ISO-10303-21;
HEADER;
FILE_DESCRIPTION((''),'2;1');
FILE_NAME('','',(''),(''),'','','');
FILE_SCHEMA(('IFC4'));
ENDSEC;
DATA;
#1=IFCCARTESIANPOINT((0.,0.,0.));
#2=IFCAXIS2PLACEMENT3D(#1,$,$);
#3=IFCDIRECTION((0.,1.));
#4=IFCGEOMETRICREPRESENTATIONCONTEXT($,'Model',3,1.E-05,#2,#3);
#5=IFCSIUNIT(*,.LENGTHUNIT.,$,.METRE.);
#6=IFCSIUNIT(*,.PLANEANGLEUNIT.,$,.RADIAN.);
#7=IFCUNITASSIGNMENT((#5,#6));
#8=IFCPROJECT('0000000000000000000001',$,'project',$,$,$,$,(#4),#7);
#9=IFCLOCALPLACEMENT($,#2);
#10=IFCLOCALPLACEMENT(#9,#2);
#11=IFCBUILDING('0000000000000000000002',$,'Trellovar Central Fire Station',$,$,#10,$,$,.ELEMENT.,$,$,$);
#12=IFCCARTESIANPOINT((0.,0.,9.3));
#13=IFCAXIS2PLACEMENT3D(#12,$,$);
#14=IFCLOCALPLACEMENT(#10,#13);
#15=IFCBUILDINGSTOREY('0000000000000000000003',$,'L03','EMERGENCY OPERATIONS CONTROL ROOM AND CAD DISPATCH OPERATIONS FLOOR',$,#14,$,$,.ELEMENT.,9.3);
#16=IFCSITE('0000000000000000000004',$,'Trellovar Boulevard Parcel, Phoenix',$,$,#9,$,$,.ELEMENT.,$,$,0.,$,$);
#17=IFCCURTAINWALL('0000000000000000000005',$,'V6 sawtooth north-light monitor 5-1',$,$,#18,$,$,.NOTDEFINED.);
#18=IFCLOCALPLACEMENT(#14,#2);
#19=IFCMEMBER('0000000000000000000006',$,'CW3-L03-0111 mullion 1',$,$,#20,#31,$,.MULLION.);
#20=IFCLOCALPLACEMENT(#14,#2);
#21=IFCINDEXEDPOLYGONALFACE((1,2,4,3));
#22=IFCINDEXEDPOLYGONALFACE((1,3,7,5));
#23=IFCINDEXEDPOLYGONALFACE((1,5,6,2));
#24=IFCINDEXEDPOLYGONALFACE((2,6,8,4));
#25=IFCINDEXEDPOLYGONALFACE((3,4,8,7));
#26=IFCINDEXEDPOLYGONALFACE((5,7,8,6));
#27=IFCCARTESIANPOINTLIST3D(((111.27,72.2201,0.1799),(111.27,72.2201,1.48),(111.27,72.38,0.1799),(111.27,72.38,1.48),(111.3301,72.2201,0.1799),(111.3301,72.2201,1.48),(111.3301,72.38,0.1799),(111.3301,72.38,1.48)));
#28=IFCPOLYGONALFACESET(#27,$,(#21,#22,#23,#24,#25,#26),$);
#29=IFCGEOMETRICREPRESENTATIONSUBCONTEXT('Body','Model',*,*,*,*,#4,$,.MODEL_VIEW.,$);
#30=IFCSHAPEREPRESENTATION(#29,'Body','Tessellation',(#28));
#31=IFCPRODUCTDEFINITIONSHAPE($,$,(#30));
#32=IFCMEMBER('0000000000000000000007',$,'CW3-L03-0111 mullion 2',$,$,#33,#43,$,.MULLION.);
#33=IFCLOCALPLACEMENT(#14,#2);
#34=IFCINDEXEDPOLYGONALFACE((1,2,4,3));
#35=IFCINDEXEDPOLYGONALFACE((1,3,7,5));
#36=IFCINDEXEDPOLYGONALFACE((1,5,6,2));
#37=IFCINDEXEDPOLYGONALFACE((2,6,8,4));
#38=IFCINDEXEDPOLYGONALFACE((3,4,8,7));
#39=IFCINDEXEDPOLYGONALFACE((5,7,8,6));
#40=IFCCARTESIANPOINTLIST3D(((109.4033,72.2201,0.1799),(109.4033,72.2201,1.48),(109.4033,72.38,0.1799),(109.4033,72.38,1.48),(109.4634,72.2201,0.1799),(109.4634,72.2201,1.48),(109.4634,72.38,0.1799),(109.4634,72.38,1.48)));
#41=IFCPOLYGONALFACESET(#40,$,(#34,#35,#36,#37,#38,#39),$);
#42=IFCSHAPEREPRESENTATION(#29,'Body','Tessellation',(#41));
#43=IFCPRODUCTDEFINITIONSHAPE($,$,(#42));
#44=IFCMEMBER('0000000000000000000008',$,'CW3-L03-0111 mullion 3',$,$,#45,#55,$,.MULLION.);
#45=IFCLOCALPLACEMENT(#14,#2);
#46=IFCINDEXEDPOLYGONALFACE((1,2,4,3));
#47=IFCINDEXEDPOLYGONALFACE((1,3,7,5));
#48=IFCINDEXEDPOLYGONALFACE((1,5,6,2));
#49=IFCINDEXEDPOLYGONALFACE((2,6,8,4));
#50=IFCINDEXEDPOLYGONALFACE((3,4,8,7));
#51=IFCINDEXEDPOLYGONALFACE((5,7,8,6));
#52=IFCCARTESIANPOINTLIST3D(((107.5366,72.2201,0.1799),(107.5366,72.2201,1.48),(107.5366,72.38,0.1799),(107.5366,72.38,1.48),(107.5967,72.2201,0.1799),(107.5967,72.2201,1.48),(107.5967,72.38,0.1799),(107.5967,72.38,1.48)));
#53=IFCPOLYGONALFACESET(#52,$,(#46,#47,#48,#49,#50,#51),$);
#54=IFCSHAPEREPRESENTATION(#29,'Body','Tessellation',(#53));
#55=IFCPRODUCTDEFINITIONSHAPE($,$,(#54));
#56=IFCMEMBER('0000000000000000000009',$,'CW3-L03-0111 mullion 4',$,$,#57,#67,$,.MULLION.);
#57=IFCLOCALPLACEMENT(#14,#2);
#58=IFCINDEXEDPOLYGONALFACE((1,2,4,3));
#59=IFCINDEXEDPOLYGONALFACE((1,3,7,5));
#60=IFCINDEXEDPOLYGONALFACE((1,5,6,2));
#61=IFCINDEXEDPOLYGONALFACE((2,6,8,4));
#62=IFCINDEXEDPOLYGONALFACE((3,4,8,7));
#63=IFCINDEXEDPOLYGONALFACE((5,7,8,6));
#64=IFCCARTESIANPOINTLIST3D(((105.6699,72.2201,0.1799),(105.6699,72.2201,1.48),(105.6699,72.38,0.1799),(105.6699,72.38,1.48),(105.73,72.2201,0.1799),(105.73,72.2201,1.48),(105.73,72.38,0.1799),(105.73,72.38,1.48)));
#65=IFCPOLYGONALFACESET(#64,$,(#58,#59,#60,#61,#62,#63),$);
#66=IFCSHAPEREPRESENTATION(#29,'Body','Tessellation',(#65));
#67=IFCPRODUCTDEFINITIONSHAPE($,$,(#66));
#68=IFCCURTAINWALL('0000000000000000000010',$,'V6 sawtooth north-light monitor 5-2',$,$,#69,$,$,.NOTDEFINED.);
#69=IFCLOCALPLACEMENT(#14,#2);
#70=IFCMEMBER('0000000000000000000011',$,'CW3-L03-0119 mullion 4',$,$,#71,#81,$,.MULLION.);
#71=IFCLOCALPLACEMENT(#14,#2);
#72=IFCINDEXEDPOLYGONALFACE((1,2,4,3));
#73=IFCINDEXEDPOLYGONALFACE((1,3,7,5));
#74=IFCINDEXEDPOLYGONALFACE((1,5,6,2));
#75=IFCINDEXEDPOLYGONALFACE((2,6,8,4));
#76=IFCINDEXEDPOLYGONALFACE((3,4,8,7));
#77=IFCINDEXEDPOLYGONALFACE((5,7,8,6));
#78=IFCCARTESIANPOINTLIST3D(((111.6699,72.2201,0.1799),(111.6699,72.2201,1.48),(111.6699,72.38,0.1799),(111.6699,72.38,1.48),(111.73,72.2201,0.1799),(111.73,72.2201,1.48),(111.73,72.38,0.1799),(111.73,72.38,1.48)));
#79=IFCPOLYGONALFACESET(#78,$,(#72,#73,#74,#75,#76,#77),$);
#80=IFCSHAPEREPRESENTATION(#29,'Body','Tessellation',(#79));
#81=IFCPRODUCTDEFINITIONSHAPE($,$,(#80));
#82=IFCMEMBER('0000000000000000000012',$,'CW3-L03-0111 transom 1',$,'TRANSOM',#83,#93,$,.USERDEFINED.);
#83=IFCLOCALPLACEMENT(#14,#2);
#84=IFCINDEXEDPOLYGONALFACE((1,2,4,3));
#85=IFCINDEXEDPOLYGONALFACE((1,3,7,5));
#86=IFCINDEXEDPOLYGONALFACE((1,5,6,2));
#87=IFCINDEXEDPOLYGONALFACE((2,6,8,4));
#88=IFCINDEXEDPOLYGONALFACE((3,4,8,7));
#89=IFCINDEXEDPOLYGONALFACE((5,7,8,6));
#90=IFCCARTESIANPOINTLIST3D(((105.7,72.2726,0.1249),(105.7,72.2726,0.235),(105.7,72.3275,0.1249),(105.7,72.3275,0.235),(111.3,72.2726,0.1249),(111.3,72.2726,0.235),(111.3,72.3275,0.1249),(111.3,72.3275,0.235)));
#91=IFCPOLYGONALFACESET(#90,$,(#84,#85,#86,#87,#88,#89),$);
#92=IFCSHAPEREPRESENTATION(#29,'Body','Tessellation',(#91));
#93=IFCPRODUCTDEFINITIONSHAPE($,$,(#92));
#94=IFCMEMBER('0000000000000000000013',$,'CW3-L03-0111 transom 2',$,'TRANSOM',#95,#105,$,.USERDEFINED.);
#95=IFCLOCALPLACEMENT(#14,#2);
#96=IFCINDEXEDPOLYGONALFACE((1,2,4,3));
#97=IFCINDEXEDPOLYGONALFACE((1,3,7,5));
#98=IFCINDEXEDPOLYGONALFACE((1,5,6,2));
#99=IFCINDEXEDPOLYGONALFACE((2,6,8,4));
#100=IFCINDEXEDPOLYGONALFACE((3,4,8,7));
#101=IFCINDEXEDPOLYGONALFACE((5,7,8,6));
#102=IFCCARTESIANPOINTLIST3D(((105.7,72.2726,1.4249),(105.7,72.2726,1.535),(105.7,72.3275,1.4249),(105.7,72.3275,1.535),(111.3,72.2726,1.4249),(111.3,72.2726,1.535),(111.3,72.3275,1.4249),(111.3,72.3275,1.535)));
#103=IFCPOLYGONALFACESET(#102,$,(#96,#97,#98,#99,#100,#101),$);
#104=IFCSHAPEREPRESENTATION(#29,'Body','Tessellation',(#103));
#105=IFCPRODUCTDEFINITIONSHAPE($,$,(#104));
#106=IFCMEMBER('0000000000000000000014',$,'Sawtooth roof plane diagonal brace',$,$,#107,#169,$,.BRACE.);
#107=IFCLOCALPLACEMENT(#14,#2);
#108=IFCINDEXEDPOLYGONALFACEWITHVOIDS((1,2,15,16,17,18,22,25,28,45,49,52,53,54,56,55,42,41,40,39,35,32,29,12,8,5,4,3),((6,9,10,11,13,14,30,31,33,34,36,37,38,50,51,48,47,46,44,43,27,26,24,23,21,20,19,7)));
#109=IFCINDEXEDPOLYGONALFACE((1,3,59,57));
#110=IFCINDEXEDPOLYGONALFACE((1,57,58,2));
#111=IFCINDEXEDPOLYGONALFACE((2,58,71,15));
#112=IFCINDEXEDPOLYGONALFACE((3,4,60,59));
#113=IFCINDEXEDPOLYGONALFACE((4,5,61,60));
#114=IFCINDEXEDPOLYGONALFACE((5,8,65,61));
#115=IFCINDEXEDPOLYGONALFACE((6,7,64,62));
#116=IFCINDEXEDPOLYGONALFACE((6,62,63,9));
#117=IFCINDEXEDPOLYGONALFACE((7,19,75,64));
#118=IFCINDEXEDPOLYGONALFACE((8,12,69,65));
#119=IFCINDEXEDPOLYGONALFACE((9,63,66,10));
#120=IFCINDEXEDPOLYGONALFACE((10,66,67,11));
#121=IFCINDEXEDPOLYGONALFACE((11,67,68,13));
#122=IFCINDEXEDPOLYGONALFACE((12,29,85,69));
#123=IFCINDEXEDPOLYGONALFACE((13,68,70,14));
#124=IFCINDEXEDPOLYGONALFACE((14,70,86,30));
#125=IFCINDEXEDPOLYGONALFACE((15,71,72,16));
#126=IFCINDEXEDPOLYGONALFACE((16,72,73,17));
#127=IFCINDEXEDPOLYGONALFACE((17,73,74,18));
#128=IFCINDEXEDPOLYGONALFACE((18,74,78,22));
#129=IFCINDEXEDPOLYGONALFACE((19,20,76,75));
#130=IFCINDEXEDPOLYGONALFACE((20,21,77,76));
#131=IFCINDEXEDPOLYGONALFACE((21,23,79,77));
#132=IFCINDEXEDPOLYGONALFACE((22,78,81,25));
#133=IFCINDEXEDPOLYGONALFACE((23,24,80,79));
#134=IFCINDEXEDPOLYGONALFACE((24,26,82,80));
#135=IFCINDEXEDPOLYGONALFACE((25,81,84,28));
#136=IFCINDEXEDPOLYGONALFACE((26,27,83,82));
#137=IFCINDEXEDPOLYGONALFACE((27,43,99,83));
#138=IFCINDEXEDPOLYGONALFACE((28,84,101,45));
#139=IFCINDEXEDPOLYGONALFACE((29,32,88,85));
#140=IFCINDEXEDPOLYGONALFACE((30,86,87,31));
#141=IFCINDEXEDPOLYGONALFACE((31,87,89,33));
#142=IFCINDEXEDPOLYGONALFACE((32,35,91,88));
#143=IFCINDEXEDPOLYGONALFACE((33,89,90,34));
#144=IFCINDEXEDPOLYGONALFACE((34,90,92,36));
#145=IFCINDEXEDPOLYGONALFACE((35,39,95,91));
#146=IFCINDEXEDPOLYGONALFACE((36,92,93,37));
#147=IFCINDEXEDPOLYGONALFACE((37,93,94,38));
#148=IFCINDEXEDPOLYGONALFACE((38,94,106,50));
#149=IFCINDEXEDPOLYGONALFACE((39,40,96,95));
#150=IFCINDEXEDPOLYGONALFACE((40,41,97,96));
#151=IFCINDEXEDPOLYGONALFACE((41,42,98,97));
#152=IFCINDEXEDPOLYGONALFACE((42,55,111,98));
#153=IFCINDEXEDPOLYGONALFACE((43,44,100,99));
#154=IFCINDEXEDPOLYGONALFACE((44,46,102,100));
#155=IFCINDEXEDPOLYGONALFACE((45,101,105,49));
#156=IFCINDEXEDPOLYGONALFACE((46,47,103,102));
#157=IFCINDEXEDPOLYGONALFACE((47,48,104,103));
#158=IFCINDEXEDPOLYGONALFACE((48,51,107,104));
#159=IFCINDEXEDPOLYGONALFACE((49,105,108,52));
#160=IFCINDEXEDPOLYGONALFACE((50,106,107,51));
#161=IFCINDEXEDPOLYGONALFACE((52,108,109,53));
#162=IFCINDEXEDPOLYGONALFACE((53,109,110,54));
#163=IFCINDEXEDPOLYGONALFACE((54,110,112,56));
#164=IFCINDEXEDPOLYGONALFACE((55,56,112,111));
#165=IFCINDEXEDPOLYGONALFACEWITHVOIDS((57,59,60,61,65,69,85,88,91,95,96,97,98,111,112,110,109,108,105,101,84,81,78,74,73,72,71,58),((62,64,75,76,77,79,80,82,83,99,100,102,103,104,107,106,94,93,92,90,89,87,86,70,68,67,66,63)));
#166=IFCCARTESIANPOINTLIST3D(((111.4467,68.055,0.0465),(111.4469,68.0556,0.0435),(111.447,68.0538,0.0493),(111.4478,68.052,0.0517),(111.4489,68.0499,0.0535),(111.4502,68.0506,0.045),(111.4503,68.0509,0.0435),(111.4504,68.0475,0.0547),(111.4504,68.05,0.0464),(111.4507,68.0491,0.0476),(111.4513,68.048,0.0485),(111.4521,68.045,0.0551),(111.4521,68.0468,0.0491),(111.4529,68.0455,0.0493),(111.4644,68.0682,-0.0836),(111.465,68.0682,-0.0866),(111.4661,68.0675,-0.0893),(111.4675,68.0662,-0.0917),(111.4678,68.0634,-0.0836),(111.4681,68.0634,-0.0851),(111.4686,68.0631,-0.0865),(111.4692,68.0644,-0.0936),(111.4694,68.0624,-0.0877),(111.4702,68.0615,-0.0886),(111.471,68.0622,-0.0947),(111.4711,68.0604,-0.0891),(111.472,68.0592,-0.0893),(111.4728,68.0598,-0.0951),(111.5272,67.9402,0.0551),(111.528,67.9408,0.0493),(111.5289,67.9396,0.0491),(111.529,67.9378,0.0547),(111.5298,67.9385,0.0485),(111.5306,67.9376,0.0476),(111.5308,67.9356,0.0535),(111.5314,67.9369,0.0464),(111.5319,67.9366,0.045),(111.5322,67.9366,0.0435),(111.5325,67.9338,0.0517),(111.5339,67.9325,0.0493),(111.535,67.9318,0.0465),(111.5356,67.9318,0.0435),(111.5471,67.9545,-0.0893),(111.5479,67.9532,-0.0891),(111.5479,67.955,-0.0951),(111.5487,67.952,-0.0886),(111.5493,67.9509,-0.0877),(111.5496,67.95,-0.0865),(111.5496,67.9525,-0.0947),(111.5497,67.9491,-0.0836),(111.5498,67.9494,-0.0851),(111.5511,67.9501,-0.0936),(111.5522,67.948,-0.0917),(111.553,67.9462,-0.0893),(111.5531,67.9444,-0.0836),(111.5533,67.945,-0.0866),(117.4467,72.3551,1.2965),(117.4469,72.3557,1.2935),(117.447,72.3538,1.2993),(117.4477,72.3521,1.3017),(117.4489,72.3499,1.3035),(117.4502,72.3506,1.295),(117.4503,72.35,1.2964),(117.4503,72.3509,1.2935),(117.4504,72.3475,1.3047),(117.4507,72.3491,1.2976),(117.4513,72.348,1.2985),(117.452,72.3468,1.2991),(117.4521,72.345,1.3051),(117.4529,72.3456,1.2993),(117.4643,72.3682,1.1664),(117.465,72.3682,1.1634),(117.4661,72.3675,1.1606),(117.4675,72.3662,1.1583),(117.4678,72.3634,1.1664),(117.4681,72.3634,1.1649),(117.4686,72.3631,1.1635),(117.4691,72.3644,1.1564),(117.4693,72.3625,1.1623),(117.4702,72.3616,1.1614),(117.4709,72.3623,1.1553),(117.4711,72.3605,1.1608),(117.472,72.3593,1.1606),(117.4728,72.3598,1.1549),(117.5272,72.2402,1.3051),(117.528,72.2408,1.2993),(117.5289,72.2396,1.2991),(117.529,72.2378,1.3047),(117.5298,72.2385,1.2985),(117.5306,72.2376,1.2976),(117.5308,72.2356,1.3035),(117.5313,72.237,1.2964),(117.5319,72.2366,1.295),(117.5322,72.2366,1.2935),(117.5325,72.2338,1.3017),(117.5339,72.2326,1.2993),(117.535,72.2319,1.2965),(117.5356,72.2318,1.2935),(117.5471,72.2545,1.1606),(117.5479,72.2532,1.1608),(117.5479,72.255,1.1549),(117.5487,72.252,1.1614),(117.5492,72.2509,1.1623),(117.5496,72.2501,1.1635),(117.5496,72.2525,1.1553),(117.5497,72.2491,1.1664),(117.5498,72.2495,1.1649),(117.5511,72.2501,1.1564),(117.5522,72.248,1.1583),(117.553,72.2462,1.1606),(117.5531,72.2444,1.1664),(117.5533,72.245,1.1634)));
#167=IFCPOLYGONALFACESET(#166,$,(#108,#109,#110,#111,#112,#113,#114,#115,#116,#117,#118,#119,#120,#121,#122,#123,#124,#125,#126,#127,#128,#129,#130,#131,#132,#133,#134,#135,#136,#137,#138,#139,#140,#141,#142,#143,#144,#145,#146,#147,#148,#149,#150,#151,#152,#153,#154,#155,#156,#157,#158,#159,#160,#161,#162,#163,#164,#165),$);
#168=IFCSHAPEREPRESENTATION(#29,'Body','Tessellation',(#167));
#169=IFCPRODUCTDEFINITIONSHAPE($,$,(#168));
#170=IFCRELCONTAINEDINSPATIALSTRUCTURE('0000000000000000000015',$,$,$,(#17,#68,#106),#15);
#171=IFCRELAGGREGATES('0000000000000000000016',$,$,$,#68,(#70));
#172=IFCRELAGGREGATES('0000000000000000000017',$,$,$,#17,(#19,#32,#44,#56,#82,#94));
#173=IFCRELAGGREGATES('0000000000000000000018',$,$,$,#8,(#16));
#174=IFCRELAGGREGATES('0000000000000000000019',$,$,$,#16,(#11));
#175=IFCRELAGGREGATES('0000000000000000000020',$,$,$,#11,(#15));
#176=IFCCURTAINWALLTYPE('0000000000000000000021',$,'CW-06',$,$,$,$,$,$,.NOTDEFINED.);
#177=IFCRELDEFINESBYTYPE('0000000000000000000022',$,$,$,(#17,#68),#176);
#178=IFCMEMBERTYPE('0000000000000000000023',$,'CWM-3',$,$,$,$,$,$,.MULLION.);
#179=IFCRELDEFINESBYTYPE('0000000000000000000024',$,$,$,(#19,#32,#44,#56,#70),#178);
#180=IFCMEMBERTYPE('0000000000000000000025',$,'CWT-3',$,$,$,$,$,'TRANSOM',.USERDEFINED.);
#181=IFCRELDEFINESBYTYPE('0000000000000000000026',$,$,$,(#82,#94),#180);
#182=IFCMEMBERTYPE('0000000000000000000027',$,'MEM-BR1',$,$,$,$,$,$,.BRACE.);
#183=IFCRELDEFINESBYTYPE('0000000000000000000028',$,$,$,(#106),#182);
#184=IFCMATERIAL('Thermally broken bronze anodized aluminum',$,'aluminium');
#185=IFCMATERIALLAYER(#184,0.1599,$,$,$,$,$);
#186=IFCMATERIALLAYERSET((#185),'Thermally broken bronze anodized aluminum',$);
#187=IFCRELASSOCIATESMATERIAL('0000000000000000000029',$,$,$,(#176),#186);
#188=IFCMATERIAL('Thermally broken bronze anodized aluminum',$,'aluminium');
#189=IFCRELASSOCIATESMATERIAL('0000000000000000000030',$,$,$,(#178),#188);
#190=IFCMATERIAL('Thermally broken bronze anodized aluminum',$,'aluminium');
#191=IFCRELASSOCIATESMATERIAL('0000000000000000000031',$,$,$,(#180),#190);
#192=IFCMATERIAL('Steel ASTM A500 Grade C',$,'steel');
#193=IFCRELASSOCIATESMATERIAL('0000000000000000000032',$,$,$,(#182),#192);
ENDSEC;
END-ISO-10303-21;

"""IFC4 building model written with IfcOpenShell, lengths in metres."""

from ifc_helpers import new_model, si_unit, direction, frame, origin, origin_2d, place, context, subcontext, project, spatial, rectangle, hollow_rectangle, extrude, material, layer, layer_set, material_profile, profile_set, type_object, element, aggregate, save


model = new_model("IFC4")

# Units and contexts
model_context = context("Model", 3, precision=1e-05, world=origin(), true_north=direction((0.0, 1.0)))
body_context = subcontext(model_context, "Body", "Model", "MODEL_VIEW")
ifc_project = project(units=[si_unit("LENGTHUNIT", "METRE"), si_unit("PLANEANGLEUNIT", "RADIAN")], contexts=[model_context])

# Site, building, storey
site_placement = place(None, origin())
site = spatial("IfcSite", under=ifc_project, at=site_placement, Name="Trellovar Boulevard Parcel, Phoenix", CompositionType="ELEMENT", RefElevation=0.0)
building_placement = place(site_placement, origin())
building = spatial("IfcBuilding", under=site, at=building_placement, Name="Trellovar Central Fire Station", CompositionType="ELEMENT")
storey_placement = place(building_placement, frame((0.0, 0.0, 9.3)))
storey = spatial("IfcBuildingStorey", under=building, at=storey_placement, Name="L03", Description="EMERGENCY OPERATIONS CONTROL ROOM AND CAD DISPATCH OPERATIONS FLOOR", CompositionType="ELEMENT", Elevation=9.3)

# Curtain wall, members
ifc_material_1 = material(Name="Thermally broken bronze anodized aluminum", Category="aluminium")
ifc_layer_1 = layer(ifc_material_1, 0.1599)
ifc_layer_set_1 = layer_set([ifc_layer_1], Name="Thermally broken bronze anodized aluminum")
curtain_wall_type = type_object("IfcCurtainWallType", Name="CW-06", PredefinedType="NOTDEFINED", material=ifc_layer_set_1)
curtain_wall_1_placement = place(storey_placement, origin())
curtain_wall_1 = element("IfcCurtainWall", 1, at=curtain_wall_1_placement, inside=storey, type_object=curtain_wall_type, Name="V6 sawtooth north-light monitor 5-1", PredefinedType="NOTDEFINED")
ifc_material_2 = material(Name="Thermally broken bronze anodized aluminum", Category="aluminium")
ifc_material_profile_1 = material_profile(ifc_material_2, rectangle(XDim=0.0601, YDim=0.1599, at=origin_2d()), Name="ALU60X160")
ifc_profile_set_1 = profile_set([ifc_material_profile_1], Name="Thermally broken bronze anodized aluminum")
member_type_1 = type_object("IfcMemberType", Name="CWM-3", PredefinedType="MULLION", material=ifc_profile_set_1)
member_1_placement = place(storey_placement, frame((111.3, 72.3, 0.1799), z_axis=(0.0, 0.0, 1.0), x_axis=(1.0, 0.0, 0.0)))
member_1 = element("IfcMember", 2, at=member_1_placement, type_object=member_type_1, Name="CW3-L03-0111 mullion 1", PredefinedType="MULLION", context=body_context, shape_type="SweptSolid", body=[
    extrude(rectangle(XDim=0.0601, YDim=0.1599, at=origin_2d()), origin(), (0.0, 0.0, 1.0), 1.3),
])
member_2_placement = place(storey_placement, frame((109.4333, 72.3, 0.1799), z_axis=(0.0, 0.0, 1.0), x_axis=(1.0, 0.0, 0.0)))
member_2 = element("IfcMember", 3, at=member_2_placement, type_object=member_type_1, Name="CW3-L03-0111 mullion 2", PredefinedType="MULLION", context=body_context, shape_type="SweptSolid", body=[
    extrude(rectangle(XDim=0.0601, YDim=0.1599, at=origin_2d()), origin(), (0.0, 0.0, 1.0), 1.3),
])
member_3_placement = place(storey_placement, frame((107.5667, 72.3, 0.1799), z_axis=(0.0, 0.0, 1.0), x_axis=(1.0, 0.0, 0.0)))
member_3 = element("IfcMember", 4, at=member_3_placement, type_object=member_type_1, Name="CW3-L03-0111 mullion 3", PredefinedType="MULLION", context=body_context, shape_type="SweptSolid", body=[
    extrude(rectangle(XDim=0.0601, YDim=0.1599, at=origin_2d()), origin(), (0.0, 0.0, 1.0), 1.3),
])
member_4_placement = place(storey_placement, frame((105.7, 72.3, 0.1799), z_axis=(0.0, 0.0, 1.0), x_axis=(1.0, 0.0, 0.0)))
member_4 = element("IfcMember", 5, at=member_4_placement, type_object=member_type_1, Name="CW3-L03-0111 mullion 4", PredefinedType="MULLION", context=body_context, shape_type="SweptSolid", body=[
    extrude(rectangle(XDim=0.0601, YDim=0.1599, at=origin_2d()), origin(), (0.0, 0.0, 1.0), 1.3),
])

# Curtain wall, member
curtain_wall_2_placement = place(storey_placement, origin())
curtain_wall_2 = element("IfcCurtainWall", 6, at=curtain_wall_2_placement, inside=storey, type_object=curtain_wall_type, Name="V6 sawtooth north-light monitor 5-2", PredefinedType="NOTDEFINED")
member_5_placement = place(storey_placement, frame((111.7, 72.3, 0.1799), z_axis=(0.0, 0.0, 1.0), x_axis=(1.0, 0.0, 0.0)))
member_5 = element("IfcMember", 7, at=member_5_placement, type_object=member_type_1, Name="CW3-L03-0119 mullion 4", PredefinedType="MULLION", context=body_context, shape_type="SweptSolid", body=[
    extrude(rectangle(XDim=0.0601, YDim=0.1599, at=origin_2d()), origin(), (0.0, 0.0, 1.0), 1.3),
])

# Members
ifc_material_3 = material(Name="Thermally broken bronze anodized aluminum", Category="aluminium")
ifc_material_profile_2 = material_profile(ifc_material_3, rectangle(XDim=0.0549, YDim=0.1101, at=origin_2d()), Name="ALU55X110")
ifc_profile_set_2 = profile_set([ifc_material_profile_2], Name="Thermally broken bronze anodized aluminum")
member_type_2 = type_object("IfcMemberType", Name="CWT-3", ElementType="TRANSOM", PredefinedType="USERDEFINED", material=ifc_profile_set_2)
member_6_placement = place(storey_placement, frame((111.3, 72.3, 0.1799), z_axis=(-1.0, 0.0, 0.0), x_axis=(0.0, -1.0, 0.0)))
member_6 = element("IfcMember", 8, at=member_6_placement, type_object=member_type_2, Name="CW3-L03-0111 transom 1", ObjectType="TRANSOM", PredefinedType="USERDEFINED", context=body_context, shape_type="SweptSolid", body=[
    extrude(rectangle(XDim=0.0549, YDim=0.1101, at=origin_2d()), origin(), (0.0, 0.0, 1.0), 5.6001),
])
member_7_placement = place(storey_placement, frame((111.3, 72.3, 1.48), z_axis=(-1.0, 0.0, 0.0), x_axis=(0.0, -1.0, 0.0)))
member_7 = element("IfcMember", 9, at=member_7_placement, type_object=member_type_2, Name="CW3-L03-0111 transom 2", ObjectType="TRANSOM", PredefinedType="USERDEFINED", context=body_context, shape_type="SweptSolid", body=[
    extrude(rectangle(XDim=0.0549, YDim=0.1101, at=origin_2d()), origin(), (0.0, 0.0, 1.0), 5.6001),
])

# Member
ifc_material_4 = material(Name="Steel ASTM A500 Grade C", Category="steel")
ifc_material_profile_3 = material_profile(ifc_material_4, hollow_rectangle(XDim=0.1523, YDim=0.1523, WallThickness=0.0059, InnerFilletRadius=0.0059, OuterFilletRadius=0.0117, at=origin_2d()), Name="HSS6X6X1/4")
ifc_profile_set_3 = profile_set([ifc_material_profile_3], Name="Steel ASTM A500 Grade C")
member_type_3 = type_object("IfcMemberType", Name="MEM-BR1", PredefinedType="BRACE", material=ifc_profile_set_3)
member_8_placement = place(storey_placement, frame((111.5, 68.0, -0.02), z_axis=(0.801405, 0.574347, 0.166959), x_axis=(-0.582523, 0.812814, 0.0)))
element("IfcMember", 10, at=member_8_placement, inside=storey, type_object=member_type_3, Name="Sawtooth roof plane diagonal brace", PredefinedType="BRACE", context=body_context, shape_type="SweptSolid", body=[
    extrude(hollow_rectangle(XDim=0.1523, YDim=0.1523, WallThickness=0.0059, InnerFilletRadius=0.0059, OuterFilletRadius=0.0117, at=origin_2d()), origin(), (0.0, 0.0, 1.0), 7.4868),
])

aggregate(curtain_wall_2, [member_5])
aggregate(curtain_wall_1, [member_1, member_2, member_3, member_4, member_6, member_7])

save(model, "model.ifc")
